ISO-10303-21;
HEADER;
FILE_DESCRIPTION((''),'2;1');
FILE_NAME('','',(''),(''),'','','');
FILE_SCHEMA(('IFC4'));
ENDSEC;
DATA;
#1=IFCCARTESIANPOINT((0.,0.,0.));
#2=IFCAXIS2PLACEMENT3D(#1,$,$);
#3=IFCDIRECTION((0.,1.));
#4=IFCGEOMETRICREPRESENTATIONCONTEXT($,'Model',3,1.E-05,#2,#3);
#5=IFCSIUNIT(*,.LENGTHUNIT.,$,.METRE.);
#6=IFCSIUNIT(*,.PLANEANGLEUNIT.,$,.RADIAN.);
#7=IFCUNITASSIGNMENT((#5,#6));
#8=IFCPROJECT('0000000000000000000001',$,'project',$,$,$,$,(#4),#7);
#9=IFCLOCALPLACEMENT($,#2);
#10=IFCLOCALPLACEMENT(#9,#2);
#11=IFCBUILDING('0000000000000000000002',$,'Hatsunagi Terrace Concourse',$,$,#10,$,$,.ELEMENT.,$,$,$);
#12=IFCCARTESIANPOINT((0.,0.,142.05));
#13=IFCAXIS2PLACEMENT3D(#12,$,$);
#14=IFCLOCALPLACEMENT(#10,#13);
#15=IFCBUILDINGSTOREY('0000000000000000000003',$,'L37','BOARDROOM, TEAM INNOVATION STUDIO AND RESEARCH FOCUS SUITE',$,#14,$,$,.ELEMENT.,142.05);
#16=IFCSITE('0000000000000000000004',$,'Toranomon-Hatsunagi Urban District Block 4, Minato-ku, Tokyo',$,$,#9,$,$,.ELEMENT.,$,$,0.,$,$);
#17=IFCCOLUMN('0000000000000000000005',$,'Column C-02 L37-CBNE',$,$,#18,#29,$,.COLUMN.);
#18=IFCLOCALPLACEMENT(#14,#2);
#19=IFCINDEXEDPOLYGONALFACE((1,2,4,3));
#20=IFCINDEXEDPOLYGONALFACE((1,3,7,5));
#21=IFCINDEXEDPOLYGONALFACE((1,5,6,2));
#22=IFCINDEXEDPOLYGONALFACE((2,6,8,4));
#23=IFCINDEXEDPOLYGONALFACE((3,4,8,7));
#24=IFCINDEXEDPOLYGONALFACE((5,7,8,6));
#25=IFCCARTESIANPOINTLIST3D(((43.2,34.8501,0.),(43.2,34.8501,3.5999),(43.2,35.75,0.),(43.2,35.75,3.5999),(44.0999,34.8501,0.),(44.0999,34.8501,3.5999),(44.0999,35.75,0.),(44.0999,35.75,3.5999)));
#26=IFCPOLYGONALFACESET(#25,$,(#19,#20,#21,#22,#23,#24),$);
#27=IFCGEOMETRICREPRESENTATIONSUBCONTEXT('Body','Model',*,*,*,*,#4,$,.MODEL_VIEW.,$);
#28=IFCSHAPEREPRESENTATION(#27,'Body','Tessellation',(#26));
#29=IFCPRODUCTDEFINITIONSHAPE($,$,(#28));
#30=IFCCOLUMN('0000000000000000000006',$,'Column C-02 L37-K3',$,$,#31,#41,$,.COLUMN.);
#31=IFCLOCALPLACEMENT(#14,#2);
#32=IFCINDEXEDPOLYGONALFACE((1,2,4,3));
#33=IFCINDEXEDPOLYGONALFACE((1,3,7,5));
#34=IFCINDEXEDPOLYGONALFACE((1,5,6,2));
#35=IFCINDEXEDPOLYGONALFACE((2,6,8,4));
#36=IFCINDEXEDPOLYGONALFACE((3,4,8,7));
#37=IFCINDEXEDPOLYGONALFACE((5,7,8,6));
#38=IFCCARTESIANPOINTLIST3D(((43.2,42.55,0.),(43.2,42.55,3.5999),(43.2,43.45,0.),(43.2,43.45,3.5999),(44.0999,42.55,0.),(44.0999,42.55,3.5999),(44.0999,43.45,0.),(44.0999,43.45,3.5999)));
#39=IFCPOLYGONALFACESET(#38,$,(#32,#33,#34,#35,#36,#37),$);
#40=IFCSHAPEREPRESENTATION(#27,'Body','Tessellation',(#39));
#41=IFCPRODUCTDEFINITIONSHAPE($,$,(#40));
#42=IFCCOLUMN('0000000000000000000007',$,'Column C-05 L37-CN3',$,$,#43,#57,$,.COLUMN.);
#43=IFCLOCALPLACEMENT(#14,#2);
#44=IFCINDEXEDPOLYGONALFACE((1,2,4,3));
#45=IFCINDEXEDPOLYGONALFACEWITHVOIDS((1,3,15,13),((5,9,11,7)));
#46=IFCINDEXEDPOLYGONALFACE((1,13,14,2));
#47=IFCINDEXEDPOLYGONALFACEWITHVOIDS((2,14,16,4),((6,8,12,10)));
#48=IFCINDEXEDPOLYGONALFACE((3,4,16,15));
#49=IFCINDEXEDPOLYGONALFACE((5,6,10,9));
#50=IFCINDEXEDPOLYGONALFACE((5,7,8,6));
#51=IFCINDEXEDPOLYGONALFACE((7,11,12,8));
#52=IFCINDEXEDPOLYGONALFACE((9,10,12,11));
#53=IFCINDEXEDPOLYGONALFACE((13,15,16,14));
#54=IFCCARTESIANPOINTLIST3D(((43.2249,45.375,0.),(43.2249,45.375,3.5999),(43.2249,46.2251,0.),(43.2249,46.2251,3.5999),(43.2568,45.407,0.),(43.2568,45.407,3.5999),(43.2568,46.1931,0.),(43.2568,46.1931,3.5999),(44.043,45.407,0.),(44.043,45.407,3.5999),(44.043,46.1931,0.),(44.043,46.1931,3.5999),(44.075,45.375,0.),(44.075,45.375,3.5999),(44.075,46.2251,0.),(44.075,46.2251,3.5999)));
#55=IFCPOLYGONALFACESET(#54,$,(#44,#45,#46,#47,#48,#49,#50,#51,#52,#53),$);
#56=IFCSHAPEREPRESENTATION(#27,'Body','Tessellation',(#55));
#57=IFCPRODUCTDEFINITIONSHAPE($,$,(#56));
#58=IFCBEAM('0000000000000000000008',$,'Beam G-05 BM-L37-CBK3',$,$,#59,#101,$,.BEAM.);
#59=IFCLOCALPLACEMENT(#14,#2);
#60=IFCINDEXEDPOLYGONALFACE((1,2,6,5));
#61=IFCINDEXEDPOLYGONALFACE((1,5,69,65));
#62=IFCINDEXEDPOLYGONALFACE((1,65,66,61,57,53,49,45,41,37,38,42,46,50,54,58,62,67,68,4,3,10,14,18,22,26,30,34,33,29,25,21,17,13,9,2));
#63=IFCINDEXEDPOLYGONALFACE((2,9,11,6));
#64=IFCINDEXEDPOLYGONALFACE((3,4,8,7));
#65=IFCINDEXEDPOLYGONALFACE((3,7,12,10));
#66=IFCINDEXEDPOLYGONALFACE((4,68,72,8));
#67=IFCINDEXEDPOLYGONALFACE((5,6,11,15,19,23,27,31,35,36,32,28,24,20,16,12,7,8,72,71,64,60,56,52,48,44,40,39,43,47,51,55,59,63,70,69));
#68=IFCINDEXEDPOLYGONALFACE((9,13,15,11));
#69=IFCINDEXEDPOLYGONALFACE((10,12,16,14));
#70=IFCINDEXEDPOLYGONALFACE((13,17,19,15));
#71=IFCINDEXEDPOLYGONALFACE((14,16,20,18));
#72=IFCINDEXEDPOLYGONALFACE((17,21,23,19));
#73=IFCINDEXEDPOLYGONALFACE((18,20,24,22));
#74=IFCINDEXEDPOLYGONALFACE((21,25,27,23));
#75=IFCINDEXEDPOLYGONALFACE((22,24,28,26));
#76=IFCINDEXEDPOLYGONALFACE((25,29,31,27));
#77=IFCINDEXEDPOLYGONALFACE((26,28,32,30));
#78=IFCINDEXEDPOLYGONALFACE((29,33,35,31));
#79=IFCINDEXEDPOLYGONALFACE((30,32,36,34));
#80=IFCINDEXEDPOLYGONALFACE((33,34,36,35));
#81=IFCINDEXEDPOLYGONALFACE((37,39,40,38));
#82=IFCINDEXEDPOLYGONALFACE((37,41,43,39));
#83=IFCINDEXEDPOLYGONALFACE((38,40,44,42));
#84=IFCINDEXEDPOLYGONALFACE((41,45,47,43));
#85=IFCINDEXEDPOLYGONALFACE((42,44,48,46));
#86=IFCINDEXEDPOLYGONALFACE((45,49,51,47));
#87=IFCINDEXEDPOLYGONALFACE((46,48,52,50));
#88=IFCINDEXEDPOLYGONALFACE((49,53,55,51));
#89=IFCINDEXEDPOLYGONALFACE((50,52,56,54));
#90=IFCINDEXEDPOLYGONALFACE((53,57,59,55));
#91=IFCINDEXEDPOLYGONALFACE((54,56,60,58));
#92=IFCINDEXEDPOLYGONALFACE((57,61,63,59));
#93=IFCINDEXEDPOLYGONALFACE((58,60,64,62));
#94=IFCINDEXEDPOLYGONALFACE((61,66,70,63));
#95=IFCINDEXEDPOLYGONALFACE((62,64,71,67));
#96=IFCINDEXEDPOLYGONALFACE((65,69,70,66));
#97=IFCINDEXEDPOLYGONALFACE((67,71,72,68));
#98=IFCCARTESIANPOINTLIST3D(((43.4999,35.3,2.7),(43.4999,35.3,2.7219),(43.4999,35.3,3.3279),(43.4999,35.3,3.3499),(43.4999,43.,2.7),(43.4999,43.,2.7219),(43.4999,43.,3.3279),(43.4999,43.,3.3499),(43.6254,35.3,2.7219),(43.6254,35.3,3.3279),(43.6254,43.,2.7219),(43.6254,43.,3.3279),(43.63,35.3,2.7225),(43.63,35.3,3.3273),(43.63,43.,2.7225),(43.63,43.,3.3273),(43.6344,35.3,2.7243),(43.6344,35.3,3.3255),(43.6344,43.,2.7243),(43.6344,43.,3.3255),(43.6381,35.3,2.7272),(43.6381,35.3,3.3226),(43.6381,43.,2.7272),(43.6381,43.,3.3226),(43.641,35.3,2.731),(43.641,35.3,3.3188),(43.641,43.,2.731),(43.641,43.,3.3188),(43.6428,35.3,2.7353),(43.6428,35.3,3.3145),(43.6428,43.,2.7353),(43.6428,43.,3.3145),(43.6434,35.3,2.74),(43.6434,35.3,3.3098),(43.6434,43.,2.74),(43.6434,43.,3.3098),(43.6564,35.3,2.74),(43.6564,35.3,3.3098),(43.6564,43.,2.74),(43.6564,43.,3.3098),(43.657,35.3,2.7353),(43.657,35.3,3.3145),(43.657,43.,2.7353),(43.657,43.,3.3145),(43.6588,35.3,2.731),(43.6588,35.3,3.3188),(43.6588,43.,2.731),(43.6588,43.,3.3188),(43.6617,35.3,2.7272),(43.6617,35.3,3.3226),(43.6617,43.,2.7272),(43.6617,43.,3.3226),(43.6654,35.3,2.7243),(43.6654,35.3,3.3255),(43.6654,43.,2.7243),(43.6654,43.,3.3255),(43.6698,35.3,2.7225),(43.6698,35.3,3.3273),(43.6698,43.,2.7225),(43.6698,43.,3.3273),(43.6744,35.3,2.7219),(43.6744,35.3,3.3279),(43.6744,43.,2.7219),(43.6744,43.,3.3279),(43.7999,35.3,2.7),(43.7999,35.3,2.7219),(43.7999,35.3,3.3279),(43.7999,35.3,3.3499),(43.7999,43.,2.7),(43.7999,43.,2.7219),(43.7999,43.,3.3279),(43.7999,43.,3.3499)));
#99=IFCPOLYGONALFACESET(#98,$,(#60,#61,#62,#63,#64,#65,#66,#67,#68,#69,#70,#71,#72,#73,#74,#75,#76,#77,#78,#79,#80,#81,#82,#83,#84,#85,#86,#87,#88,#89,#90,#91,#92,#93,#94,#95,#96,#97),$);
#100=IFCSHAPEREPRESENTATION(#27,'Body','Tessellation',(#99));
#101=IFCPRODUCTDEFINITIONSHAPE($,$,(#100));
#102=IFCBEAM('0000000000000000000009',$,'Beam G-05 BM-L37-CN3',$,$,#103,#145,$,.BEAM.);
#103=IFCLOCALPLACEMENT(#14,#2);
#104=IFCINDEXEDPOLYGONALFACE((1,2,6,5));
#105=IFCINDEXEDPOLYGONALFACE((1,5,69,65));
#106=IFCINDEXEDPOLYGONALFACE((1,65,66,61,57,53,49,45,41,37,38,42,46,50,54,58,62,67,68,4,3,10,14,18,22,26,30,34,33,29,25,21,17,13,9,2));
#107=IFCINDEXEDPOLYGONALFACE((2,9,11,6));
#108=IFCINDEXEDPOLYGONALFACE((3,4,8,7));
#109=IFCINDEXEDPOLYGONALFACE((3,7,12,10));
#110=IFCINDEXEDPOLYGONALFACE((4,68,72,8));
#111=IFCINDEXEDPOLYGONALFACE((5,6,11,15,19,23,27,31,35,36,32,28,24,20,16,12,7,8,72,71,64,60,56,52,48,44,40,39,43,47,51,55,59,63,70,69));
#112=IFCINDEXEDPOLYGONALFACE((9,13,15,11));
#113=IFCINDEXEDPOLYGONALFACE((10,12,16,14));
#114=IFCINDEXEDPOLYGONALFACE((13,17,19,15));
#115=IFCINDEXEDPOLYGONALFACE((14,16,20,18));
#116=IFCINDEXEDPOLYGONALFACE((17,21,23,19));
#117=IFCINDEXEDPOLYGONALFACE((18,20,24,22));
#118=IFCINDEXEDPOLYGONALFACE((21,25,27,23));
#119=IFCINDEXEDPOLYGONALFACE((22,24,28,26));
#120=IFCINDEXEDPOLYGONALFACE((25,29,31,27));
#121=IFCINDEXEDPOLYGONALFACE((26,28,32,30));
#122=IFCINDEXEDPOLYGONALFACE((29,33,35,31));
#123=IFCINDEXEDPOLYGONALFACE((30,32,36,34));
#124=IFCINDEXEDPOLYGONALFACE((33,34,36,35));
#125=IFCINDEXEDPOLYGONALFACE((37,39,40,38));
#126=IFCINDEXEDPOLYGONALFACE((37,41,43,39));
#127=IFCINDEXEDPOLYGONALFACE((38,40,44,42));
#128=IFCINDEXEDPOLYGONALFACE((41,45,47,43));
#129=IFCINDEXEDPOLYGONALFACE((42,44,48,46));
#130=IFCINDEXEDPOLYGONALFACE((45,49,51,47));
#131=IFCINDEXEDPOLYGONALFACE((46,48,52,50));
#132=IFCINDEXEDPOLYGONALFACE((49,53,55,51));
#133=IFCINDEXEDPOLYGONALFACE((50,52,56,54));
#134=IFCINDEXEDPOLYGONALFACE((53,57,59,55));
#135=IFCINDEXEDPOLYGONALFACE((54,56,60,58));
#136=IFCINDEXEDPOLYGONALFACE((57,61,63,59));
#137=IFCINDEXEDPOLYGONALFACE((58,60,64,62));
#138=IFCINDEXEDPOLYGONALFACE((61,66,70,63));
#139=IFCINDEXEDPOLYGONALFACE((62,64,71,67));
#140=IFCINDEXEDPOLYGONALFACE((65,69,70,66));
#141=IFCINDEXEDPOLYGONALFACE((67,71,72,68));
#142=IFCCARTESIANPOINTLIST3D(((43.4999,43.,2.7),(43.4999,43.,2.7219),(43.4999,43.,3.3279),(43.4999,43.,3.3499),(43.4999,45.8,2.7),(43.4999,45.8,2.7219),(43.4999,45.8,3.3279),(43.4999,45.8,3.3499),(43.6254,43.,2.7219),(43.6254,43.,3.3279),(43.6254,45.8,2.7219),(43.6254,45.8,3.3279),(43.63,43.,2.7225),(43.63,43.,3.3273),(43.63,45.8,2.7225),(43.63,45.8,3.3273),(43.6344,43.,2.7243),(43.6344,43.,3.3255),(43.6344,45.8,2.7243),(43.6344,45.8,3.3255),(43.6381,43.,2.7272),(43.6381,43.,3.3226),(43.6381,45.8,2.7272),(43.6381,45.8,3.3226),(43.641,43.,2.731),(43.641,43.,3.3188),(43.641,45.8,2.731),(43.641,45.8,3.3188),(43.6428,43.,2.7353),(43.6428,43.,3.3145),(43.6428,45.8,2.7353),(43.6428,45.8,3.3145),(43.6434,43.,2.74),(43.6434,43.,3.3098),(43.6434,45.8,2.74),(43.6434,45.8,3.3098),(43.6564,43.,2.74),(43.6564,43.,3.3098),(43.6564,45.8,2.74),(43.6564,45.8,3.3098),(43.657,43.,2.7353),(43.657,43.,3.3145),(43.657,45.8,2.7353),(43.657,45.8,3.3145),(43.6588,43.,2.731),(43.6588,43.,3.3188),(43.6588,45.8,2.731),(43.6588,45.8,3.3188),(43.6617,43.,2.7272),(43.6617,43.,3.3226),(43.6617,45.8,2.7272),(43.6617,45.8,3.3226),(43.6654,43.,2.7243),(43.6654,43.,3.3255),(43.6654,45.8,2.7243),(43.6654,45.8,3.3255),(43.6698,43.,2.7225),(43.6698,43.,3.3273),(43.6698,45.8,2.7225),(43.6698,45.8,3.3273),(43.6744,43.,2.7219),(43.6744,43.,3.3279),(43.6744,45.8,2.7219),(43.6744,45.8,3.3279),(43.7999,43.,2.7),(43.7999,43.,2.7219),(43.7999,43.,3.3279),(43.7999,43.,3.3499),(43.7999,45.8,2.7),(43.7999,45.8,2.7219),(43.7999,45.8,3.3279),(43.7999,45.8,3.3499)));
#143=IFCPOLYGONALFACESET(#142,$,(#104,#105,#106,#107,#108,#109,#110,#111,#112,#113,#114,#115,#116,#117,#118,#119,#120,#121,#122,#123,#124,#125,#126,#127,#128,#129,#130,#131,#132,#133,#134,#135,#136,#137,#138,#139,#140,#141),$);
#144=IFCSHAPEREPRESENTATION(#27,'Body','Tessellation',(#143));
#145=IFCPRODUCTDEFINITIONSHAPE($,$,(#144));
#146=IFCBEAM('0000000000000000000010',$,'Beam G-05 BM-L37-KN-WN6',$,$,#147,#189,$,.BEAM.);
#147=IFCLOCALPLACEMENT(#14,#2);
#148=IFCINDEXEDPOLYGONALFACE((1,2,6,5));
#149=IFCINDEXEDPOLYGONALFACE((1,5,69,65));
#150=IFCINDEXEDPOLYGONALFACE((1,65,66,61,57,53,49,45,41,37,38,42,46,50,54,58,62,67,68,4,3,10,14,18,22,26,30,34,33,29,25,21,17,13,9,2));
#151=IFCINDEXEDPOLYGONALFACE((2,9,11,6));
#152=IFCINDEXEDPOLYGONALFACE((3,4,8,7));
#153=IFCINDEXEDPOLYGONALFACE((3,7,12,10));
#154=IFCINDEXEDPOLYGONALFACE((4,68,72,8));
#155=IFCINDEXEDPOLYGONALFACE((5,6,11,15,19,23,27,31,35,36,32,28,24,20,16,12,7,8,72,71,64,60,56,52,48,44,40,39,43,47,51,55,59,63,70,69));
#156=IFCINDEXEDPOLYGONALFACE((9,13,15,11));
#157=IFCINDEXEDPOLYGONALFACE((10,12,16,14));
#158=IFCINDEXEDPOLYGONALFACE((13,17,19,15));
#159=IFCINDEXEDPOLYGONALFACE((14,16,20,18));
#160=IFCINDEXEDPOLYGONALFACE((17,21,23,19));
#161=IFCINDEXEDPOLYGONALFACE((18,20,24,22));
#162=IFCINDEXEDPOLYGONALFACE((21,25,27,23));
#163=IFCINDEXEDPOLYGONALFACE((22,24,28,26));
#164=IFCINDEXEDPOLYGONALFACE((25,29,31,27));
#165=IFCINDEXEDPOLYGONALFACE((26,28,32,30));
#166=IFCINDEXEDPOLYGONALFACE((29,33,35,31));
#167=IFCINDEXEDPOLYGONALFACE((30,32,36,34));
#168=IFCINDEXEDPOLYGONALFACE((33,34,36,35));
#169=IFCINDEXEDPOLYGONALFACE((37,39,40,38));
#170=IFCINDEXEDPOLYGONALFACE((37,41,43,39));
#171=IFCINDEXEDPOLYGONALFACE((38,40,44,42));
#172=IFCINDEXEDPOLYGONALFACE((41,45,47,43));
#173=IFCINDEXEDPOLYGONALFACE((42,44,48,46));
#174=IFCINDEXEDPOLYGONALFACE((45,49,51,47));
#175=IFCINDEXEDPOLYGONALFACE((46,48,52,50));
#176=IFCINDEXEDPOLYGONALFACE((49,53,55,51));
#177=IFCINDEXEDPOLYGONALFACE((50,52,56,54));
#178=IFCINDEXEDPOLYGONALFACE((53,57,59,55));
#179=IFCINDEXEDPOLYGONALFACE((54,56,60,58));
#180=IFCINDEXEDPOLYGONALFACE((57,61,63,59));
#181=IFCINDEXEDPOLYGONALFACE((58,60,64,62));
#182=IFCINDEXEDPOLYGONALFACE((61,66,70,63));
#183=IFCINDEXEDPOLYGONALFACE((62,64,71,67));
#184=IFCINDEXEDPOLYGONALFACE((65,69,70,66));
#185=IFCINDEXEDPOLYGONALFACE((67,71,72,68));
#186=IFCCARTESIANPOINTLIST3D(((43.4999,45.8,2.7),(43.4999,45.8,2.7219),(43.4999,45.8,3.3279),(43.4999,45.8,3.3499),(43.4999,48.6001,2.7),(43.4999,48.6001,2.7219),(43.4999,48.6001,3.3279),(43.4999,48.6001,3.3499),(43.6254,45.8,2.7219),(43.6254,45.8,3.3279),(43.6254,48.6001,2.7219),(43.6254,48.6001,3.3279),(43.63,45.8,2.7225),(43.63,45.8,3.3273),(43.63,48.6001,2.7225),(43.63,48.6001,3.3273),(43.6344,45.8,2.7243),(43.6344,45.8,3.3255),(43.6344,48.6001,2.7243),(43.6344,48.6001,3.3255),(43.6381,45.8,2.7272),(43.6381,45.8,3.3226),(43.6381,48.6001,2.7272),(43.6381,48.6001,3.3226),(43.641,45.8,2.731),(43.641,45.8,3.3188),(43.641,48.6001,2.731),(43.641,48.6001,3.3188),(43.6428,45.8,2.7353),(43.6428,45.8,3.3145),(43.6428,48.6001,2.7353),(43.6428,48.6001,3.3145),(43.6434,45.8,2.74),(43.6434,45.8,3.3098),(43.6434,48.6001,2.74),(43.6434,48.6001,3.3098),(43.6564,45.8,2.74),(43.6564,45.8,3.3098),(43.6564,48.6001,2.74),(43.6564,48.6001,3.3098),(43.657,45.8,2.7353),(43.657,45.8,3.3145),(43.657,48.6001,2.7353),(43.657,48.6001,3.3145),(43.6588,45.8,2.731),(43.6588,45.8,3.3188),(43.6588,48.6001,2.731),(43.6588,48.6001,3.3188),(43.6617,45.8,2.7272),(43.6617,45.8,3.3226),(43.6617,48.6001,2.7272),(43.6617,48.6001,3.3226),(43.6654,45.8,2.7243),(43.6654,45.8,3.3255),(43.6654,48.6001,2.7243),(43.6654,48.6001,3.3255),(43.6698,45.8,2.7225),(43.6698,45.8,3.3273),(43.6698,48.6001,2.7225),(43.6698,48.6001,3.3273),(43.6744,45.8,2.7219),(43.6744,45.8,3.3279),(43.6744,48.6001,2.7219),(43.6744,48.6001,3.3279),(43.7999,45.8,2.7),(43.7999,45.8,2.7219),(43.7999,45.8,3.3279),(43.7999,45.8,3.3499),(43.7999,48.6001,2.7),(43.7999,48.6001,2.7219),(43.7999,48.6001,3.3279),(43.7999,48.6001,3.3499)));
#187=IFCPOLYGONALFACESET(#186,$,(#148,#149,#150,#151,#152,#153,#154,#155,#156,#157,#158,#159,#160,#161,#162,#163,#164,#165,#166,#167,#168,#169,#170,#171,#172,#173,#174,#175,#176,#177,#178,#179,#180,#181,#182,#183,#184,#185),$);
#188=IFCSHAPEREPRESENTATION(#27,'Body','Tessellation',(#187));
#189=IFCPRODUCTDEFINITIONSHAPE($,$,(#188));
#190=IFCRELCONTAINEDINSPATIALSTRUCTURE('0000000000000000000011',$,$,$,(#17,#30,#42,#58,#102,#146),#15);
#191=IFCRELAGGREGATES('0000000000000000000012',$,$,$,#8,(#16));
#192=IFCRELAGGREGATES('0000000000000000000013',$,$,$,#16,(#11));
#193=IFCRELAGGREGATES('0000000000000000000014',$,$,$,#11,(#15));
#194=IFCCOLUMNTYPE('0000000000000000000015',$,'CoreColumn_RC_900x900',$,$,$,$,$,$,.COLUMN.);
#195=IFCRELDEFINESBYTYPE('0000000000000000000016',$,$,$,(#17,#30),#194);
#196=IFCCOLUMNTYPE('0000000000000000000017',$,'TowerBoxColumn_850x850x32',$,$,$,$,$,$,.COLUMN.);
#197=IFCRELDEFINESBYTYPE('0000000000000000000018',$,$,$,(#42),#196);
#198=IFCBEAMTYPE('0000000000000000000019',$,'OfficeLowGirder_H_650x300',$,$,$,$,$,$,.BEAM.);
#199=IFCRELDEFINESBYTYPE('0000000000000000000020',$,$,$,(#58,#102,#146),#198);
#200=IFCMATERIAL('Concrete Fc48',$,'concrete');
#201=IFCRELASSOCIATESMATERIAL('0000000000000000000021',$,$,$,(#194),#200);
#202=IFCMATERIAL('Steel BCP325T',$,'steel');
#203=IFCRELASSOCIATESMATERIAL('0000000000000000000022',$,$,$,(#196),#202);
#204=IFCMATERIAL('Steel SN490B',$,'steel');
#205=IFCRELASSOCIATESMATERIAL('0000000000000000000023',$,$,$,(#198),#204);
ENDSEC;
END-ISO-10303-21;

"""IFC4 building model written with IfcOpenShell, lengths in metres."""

from ifc_helpers import new_model, si_unit, direction, frame, origin, origin_2d, place, context, subcontext, project, spatial, rectangle, hollow_rectangle, i_section, extrude, material, material_profile, profile_set, type_object, element, save


model = new_model("IFC4")

# Units and contexts
model_context = context("Model", 3, precision=1e-05, world=origin(), true_north=direction((0.0, 1.0)))
body_context = subcontext(model_context, "Body", "Model", "MODEL_VIEW")
ifc_project = project(units=[si_unit("LENGTHUNIT", "METRE"), si_unit("PLANEANGLEUNIT", "RADIAN")], contexts=[model_context])

# Site, building, storey
site_placement = place(None, origin())
site = spatial("IfcSite", under=ifc_project, at=site_placement, Name="Toranomon-Hatsunagi Urban District Block 4, Minato-ku, Tokyo", CompositionType="ELEMENT", RefElevation=0.0)
building_placement = place(site_placement, origin())
building = spatial("IfcBuilding", under=site, at=building_placement, Name="Hatsunagi Terrace Concourse", CompositionType="ELEMENT")
storey_placement = place(building_placement, frame((0.0, 0.0, 142.05)))
storey = spatial("IfcBuildingStorey", under=building, at=storey_placement, Name="L37", Description="BOARDROOM, TEAM INNOVATION STUDIO AND RESEARCH FOCUS SUITE", CompositionType="ELEMENT", Elevation=142.05)

# Columns
ifc_material_1 = material(Name="Concrete Fc48", Category="concrete")
ifc_material_profile_1 = material_profile(ifc_material_1, rectangle(XDim=0.8999, YDim=0.8999, at=origin_2d()), Name="RC-900x900")
ifc_profile_set_1 = profile_set([ifc_material_profile_1], Name="Concrete Fc48")
column_type_1 = type_object("IfcColumnType", Name="CoreColumn_RC_900x900", PredefinedType="COLUMN", material=ifc_profile_set_1)
for number, where, z_axis, x_axis, name in (
    (1, (43.6499, 35.3, 0.0), (0.0, 0.0, 1.0), (1.0, 0.0, 0.0), "Column C-02 L37-CBNE"),
    (2, (43.6499, 43.0, 0.0), (0.0, 0.0, 1.0), (1.0, 0.0, 0.0), "Column C-02 L37-K3"),
):
    element("IfcColumn", number, at=place(storey_placement, frame(where, z_axis=z_axis, x_axis=x_axis)), inside=storey, type_object=column_type_1, Name=name, PredefinedType="COLUMN", context=body_context, shape_type="SweptSolid", body=[
        extrude(rectangle(XDim=0.8999, YDim=0.8999, at=origin_2d()), origin(), (0.0, 0.0, 1.0), 3.5999),
    ])
ifc_material_2 = material(Name="Steel BCP325T", Category="steel")
ifc_material_profile_2 = material_profile(ifc_material_2, hollow_rectangle(XDim=0.8501, YDim=0.8501, WallThickness=0.032, at=origin_2d()), Name="BCP-850x850x32")
ifc_profile_set_2 = profile_set([ifc_material_profile_2], Name="Steel BCP325T")
column_type_2 = type_object("IfcColumnType", Name="TowerBoxColumn_850x850x32", PredefinedType="COLUMN", material=ifc_profile_set_2)
column_placement = place(storey_placement, frame((43.6499, 45.8, 0.0), z_axis=(0.0, 0.0, 1.0), x_axis=(1.0, 0.0, 0.0)))
element("IfcColumn", 3, at=column_placement, inside=storey, type_object=column_type_2, Name="Column C-05 L37-CN3", PredefinedType="COLUMN", context=body_context, shape_type="SweptSolid", body=[
    extrude(hollow_rectangle(XDim=0.8501, YDim=0.8501, WallThickness=0.032, at=origin_2d()), origin(), (0.0, 0.0, 1.0), 3.5999),
])

# Beams
ifc_material_3 = material(Name="Steel SN490B", Category="steel")
ifc_material_profile_3 = material_profile(ifc_material_3, i_section(OverallWidth=0.3, OverallDepth=0.6499, WebThickness=0.0129, FlangeThickness=0.022, FilletRadius=0.0181, at=origin_2d()), Name="H-650x300x13x22")
ifc_profile_set_3 = profile_set([ifc_material_profile_3], Name="Steel SN490B")
beam_type_1 = type_object("IfcBeamType", Name="OfficeLowGirder_H_650x300", PredefinedType="BEAM", material=ifc_profile_set_3)
beam_1_placement = place(storey_placement, frame((43.6499, 35.3, 3.0249), z_axis=(0.0, 1.0, 0.0), x_axis=(-1.0, 0.0, 0.0)))
element("IfcBeam", 4, at=beam_1_placement, inside=storey, type_object=beam_type_1, Name="Beam G-05 BM-L37-CBK3", PredefinedType="BEAM", context=body_context, shape_type="SweptSolid", body=[
    extrude(i_section(OverallWidth=0.3, OverallDepth=0.6499, WebThickness=0.0129, FlangeThickness=0.022, FilletRadius=0.0181, at=origin_2d()), origin(), (0.0, 0.0, 1.0), 7.7),
])
for number, where, z_axis, x_axis, name in (
    (5, (43.6499, 43.0, 3.0249), (0.0, 1.0, 0.0), (-1.0, 0.0, 0.0), "Beam G-05 BM-L37-CN3"),
    (6, (43.6499, 45.8, 3.0249), (0.0, 1.0, 0.0), (-1.0, 0.0, 0.0), "Beam G-05 BM-L37-KN-WN6"),
):
    element("IfcBeam", number, at=place(storey_placement, frame(where, z_axis=z_axis, x_axis=x_axis)), inside=storey, type_object=beam_type_1, Name=name, PredefinedType="BEAM", context=body_context, shape_type="SweptSolid", body=[
        extrude(i_section(OverallWidth=0.3, OverallDepth=0.6499, WebThickness=0.0129, FlangeThickness=0.022, FilletRadius=0.0181, at=origin_2d()), origin(), (0.0, 0.0, 1.0), 2.8),
    ])

save(model, "model.ifc")
